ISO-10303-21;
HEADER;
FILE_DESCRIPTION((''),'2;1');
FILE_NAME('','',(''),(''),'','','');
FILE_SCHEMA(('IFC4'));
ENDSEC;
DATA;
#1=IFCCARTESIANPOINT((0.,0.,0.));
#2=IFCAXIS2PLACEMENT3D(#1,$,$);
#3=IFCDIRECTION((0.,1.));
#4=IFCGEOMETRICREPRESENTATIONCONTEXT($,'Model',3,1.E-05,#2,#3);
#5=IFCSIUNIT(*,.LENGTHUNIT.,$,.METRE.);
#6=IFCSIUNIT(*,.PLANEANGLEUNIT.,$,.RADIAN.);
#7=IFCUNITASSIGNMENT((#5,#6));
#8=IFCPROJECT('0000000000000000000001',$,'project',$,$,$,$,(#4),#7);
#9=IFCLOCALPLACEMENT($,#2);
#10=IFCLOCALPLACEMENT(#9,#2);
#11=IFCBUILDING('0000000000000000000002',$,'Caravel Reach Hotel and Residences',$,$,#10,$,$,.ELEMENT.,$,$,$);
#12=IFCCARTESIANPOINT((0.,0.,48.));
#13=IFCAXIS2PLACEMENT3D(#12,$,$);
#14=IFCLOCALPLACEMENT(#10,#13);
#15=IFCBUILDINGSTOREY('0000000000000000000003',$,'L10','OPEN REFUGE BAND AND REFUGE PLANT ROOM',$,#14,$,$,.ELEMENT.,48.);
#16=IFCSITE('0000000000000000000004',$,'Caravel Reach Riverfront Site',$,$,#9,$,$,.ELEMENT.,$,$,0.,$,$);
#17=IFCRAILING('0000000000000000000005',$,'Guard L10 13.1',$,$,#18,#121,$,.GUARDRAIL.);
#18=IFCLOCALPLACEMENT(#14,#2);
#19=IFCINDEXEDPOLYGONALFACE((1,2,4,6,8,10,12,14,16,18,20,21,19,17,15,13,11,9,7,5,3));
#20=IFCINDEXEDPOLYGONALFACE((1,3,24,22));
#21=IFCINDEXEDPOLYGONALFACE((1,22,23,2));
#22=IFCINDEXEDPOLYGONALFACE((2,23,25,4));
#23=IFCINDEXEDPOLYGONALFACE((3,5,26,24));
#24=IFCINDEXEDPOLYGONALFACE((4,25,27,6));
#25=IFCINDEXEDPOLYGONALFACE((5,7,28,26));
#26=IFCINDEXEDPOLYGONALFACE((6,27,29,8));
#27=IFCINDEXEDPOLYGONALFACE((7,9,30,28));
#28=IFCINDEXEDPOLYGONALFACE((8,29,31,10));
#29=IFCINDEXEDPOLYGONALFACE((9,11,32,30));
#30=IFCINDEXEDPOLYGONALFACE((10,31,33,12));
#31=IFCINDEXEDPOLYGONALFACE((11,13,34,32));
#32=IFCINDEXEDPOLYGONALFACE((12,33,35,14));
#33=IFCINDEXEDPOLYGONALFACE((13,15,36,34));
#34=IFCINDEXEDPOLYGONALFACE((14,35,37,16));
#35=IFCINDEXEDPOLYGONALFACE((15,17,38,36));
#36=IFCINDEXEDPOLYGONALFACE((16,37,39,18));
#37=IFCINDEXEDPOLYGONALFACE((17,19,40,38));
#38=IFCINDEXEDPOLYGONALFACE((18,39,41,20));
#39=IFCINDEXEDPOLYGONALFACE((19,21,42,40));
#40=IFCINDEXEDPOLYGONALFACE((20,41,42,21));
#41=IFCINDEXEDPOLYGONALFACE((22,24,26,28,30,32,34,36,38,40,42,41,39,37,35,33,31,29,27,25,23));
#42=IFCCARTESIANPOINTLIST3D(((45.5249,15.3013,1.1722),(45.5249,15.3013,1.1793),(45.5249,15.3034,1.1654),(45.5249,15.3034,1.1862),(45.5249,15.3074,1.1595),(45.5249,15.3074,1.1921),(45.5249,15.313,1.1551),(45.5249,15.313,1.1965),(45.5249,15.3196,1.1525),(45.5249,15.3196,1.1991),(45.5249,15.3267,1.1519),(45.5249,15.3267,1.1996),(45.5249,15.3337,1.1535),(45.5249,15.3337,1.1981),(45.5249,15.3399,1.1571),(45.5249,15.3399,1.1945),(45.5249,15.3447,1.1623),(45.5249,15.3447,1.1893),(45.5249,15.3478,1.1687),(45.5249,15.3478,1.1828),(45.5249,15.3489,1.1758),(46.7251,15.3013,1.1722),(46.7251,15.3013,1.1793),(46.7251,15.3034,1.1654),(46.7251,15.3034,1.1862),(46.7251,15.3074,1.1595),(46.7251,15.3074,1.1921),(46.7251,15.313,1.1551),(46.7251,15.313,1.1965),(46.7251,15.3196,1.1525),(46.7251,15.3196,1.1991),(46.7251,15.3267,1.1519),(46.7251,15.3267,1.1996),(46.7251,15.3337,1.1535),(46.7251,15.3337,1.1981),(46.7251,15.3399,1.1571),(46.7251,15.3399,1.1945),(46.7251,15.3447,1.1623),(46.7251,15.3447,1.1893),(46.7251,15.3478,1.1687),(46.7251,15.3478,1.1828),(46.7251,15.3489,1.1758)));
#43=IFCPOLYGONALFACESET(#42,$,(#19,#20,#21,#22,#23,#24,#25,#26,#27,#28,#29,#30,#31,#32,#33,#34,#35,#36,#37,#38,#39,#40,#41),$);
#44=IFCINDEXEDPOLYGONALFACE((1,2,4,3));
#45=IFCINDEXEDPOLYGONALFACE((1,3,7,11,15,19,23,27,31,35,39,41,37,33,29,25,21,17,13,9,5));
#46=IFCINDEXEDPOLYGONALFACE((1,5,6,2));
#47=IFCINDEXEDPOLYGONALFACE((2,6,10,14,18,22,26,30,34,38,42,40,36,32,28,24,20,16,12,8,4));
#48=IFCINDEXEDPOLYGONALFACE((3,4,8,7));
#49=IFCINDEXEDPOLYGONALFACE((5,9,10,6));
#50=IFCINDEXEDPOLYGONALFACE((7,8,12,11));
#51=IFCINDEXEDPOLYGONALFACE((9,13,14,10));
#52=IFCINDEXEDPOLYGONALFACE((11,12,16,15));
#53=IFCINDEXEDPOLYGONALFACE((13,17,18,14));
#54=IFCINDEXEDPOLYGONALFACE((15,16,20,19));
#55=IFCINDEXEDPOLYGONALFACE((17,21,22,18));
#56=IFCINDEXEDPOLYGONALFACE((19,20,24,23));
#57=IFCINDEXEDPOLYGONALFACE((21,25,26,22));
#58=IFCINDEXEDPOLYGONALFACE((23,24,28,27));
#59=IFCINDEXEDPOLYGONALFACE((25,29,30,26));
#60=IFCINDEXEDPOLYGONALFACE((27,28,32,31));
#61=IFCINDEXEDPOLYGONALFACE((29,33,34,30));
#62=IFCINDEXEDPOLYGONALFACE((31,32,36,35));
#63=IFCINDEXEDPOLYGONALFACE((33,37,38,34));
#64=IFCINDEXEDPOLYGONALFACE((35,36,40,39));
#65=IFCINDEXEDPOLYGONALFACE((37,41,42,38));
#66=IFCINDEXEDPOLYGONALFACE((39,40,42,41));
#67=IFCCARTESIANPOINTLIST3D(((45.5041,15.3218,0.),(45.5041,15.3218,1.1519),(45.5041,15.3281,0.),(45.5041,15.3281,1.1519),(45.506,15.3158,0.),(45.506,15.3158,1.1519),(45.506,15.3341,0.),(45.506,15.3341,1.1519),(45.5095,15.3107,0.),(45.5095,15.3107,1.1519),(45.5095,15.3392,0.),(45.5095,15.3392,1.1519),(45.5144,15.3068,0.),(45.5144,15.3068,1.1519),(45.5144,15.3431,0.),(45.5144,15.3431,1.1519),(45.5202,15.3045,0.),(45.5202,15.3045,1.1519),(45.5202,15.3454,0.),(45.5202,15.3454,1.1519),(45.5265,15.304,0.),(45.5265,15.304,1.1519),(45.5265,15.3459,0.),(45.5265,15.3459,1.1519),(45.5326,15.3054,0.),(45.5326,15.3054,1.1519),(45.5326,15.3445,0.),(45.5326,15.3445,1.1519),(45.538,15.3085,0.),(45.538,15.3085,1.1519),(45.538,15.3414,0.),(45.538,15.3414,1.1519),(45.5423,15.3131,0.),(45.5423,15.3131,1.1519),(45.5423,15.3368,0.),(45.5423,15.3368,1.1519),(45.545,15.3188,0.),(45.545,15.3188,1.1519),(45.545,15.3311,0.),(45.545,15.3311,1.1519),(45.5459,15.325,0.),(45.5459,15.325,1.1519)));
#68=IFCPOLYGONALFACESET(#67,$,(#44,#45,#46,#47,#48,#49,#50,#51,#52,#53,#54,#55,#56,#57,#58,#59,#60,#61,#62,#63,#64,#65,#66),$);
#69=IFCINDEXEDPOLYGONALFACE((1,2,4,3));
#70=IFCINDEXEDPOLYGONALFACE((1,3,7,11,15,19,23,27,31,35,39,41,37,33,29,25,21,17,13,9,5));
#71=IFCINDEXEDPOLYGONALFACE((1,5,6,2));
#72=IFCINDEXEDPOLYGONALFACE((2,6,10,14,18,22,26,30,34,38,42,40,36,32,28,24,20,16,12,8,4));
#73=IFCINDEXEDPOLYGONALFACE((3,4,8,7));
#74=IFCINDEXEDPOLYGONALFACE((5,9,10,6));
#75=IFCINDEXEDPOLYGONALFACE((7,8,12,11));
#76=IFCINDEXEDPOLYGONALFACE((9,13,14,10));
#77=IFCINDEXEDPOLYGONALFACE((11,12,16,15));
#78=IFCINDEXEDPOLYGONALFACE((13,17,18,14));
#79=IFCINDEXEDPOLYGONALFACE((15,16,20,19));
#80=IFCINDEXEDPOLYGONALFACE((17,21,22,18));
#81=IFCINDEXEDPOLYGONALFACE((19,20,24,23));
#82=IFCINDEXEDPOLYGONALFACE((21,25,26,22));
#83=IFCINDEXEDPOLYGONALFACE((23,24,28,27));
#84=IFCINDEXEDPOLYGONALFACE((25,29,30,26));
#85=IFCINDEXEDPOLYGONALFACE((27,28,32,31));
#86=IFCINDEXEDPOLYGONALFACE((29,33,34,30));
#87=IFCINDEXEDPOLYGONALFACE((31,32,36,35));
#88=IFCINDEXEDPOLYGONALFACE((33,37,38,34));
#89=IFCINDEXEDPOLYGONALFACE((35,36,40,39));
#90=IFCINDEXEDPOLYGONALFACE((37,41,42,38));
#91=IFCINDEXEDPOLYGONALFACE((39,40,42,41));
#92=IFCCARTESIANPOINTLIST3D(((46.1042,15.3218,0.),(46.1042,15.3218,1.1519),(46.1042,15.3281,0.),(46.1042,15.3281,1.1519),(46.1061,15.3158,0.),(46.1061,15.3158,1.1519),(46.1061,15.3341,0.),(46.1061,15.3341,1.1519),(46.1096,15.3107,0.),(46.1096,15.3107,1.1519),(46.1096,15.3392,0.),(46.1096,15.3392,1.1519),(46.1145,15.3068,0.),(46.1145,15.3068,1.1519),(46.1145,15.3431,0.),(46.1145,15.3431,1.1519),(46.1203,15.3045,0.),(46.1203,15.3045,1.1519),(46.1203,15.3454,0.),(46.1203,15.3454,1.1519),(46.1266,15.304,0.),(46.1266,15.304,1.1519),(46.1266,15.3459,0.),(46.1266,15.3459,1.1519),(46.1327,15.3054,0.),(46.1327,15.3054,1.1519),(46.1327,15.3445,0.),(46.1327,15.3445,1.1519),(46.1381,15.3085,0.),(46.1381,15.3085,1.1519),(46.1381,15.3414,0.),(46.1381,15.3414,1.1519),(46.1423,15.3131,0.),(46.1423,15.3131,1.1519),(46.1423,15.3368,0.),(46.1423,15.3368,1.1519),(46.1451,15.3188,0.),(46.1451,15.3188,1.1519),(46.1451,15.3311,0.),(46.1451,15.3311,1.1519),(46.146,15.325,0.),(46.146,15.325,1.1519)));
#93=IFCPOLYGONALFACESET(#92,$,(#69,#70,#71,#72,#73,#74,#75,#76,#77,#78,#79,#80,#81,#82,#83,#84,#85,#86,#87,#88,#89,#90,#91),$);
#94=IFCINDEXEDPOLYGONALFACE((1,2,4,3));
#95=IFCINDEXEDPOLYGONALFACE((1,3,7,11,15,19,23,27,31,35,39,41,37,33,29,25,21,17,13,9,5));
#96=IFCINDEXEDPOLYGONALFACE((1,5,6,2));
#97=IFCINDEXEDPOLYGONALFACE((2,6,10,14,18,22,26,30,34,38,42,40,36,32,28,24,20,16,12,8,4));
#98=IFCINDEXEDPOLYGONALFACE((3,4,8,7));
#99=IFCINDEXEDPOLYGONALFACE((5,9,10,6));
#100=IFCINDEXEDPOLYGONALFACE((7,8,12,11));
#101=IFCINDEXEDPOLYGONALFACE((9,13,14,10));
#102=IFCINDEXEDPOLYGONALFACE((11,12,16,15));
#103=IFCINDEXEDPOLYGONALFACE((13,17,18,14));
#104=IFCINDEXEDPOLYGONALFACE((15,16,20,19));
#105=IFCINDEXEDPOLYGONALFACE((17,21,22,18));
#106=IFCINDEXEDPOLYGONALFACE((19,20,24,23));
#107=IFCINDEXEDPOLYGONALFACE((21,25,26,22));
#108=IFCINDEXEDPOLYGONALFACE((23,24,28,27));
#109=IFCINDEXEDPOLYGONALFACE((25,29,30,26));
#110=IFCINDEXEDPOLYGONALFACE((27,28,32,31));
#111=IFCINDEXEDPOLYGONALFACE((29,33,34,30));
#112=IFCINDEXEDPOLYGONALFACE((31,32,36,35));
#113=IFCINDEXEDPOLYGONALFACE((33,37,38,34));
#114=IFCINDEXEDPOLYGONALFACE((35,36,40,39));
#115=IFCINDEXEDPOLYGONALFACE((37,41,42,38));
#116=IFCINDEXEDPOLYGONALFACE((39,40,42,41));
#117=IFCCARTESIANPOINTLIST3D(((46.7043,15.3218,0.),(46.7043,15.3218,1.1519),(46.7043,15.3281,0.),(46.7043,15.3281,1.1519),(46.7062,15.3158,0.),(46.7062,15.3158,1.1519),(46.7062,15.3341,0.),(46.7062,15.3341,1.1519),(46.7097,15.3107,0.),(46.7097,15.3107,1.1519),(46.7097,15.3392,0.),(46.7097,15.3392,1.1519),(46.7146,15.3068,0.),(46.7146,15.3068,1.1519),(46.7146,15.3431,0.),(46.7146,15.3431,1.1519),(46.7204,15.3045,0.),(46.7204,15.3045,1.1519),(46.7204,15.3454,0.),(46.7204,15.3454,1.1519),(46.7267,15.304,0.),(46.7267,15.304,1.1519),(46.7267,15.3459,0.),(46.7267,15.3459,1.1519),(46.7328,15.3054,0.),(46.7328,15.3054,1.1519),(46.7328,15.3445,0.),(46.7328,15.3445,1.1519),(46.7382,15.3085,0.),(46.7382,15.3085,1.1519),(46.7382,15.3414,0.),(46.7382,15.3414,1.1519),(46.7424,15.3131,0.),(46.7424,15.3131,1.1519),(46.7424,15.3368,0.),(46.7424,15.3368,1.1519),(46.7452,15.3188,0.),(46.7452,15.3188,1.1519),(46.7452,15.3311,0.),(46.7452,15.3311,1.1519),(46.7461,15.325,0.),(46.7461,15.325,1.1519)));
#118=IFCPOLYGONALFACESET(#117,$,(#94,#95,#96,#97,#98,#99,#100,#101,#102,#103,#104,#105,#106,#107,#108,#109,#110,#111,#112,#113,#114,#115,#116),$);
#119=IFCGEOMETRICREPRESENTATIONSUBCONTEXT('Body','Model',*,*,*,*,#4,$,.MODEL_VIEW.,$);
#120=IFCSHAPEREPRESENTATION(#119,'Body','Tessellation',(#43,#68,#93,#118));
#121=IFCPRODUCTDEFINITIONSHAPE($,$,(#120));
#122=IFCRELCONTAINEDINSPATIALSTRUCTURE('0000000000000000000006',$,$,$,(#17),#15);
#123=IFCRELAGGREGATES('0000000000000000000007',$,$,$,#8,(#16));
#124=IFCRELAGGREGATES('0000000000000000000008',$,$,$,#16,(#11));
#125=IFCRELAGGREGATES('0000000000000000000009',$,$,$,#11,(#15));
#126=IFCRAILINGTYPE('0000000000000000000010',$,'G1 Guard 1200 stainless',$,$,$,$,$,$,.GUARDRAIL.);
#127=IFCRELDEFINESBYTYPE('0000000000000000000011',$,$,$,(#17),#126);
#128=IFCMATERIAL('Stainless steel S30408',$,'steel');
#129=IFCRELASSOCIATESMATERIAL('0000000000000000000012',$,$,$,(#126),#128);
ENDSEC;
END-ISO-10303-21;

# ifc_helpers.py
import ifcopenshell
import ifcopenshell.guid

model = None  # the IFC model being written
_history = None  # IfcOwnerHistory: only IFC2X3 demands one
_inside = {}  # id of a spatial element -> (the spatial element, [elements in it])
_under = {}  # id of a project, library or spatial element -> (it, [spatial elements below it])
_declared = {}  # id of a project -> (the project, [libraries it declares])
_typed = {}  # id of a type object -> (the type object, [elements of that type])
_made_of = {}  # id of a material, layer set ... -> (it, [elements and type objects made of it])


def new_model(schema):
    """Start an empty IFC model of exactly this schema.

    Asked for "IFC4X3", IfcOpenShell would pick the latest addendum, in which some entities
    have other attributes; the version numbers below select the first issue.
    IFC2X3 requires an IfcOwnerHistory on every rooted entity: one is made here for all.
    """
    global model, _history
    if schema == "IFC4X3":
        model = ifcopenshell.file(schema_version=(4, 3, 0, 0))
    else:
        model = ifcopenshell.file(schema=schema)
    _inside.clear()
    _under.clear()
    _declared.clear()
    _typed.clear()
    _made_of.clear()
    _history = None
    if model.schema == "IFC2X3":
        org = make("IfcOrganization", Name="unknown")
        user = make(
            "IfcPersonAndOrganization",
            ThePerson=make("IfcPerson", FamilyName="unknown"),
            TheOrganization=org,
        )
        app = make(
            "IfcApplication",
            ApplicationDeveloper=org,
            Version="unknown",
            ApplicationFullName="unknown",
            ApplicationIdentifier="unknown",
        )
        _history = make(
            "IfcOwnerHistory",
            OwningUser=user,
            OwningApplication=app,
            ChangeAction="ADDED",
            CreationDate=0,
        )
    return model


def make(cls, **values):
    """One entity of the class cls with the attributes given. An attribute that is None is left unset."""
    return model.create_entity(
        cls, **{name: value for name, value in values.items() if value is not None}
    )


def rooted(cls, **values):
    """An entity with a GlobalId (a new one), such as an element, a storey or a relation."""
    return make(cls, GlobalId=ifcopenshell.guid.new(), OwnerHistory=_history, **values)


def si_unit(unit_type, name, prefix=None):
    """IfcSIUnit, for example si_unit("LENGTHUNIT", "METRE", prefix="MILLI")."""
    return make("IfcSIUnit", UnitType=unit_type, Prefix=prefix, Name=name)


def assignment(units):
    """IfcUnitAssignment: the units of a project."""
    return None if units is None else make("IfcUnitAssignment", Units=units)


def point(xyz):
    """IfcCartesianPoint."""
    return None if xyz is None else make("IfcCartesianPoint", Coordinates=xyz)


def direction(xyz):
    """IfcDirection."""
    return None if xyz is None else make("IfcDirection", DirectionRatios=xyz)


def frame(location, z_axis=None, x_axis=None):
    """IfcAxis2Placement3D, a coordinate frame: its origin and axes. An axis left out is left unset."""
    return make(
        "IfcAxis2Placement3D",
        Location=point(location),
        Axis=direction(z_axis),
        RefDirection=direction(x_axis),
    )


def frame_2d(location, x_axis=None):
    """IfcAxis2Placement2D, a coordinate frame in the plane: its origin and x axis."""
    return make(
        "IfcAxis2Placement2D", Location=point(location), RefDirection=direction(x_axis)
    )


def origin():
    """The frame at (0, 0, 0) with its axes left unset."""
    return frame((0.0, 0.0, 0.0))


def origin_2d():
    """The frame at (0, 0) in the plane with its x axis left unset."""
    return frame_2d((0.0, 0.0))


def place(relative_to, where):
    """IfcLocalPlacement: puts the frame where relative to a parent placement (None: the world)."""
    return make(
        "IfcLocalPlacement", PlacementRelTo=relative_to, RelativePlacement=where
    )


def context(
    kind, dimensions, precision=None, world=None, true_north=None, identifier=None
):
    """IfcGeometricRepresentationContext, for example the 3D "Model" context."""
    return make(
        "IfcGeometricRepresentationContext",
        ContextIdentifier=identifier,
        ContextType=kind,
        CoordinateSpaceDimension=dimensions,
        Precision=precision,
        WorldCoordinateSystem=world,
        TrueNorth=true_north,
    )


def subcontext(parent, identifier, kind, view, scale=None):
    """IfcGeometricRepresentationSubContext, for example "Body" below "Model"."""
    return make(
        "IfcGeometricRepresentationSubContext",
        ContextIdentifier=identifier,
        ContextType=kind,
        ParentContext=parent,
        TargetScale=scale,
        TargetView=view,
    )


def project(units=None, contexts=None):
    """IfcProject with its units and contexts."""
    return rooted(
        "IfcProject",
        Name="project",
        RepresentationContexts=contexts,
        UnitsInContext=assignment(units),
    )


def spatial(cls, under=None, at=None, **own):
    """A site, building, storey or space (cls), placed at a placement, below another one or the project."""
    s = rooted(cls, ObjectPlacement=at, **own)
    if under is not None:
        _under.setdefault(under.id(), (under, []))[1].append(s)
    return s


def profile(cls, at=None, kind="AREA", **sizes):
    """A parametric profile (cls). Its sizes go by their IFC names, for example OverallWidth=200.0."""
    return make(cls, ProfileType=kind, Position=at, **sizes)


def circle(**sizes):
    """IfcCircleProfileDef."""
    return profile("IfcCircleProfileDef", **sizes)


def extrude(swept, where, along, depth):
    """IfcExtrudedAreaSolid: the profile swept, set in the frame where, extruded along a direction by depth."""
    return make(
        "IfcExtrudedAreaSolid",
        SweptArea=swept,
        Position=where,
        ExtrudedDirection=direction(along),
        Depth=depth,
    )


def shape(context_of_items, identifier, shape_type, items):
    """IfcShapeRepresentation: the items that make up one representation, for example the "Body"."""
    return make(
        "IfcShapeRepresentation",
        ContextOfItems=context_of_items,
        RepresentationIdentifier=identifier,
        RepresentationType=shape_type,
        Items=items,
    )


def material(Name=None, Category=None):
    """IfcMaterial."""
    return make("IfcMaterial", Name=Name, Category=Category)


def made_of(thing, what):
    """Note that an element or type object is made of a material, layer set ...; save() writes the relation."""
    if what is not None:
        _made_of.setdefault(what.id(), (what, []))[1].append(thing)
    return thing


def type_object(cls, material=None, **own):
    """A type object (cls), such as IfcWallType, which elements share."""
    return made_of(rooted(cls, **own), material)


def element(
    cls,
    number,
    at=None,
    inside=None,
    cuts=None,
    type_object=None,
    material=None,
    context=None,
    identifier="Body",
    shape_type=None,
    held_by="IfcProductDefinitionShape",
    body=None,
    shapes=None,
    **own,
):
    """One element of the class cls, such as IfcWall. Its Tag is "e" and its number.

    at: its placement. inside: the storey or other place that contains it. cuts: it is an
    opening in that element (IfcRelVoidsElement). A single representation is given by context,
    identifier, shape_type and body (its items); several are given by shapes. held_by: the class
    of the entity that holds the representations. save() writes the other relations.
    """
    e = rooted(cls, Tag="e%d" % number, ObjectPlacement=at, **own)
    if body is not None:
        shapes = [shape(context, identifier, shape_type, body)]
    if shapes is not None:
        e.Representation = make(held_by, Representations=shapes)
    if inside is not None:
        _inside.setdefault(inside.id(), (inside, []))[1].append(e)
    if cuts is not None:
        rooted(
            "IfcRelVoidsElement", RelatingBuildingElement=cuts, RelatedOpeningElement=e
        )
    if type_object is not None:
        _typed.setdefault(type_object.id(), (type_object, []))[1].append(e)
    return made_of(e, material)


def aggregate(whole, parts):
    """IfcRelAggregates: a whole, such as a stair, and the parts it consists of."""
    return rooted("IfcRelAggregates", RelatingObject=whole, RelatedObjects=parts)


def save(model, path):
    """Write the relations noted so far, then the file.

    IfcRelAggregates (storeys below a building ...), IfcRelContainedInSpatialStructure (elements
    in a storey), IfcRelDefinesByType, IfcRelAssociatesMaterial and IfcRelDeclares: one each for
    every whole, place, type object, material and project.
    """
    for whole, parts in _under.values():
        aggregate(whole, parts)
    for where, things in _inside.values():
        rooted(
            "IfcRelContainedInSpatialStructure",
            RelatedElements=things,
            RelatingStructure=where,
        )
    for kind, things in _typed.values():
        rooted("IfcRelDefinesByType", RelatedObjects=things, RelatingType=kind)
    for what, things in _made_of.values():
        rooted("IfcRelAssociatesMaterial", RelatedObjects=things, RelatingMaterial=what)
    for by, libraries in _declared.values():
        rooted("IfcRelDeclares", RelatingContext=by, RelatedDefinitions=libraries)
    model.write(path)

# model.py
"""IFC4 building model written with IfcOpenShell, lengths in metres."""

from ifc_helpers import new_model, si_unit, direction, frame, origin, origin_2d, place, context, subcontext, project, spatial, circle, extrude, material, type_object, element, save


model = new_model("IFC4")

# Units and contexts
model_context = context("Model", 3, precision=1e-05, world=origin(), true_north=direction((0.0, 1.0)))
body_context = subcontext(model_context, "Body", "Model", "MODEL_VIEW")
ifc_project = project(units=[si_unit("LENGTHUNIT", "METRE"), si_unit("PLANEANGLEUNIT", "RADIAN")], contexts=[model_context])

# Site, building, storey
site_placement = place(None, origin())
site = spatial("IfcSite", under=ifc_project, at=site_placement, Name="Caravel Reach Riverfront Site", CompositionType="ELEMENT", RefElevation=0.0)
building_placement = place(site_placement, origin())
building = spatial("IfcBuilding", under=site, at=building_placement, Name="Caravel Reach Hotel and Residences", CompositionType="ELEMENT")
storey_placement = place(building_placement, frame((0.0, 0.0, 48.0)))
storey = spatial("IfcBuildingStorey", under=building, at=storey_placement, Name="L10", Description="OPEN REFUGE BAND AND REFUGE PLANT ROOM", CompositionType="ELEMENT", Elevation=48.0)

# Railing
ifc_material_1 = material(Name="Stainless steel S30408", Category="steel")
railing_type_1 = type_object("IfcRailingType", Name="G1 Guard 1200 stainless", PredefinedType="GUARDRAIL", material=ifc_material_1)
railing_1_placement = place(storey_placement, frame((45.5249, 15.325, 0.0)))
element("IfcRailing", 1, at=railing_1_placement, inside=storey, type_object=railing_type_1, Name="Guard L10 13.1", PredefinedType="GUARDRAIL", context=body_context, shape_type="SweptSolid", body=[
    extrude(circle(Radius=0.0239, at=origin_2d()), frame((0.0, 0.0, 1.1758), z_axis=(1.0, 0.0, 0.0), x_axis=(0.0, 1.0, 0.0)), (0.0, 0.0, 1.0), 1.2002),
    extrude(circle(Radius=0.021, at=origin_2d()), origin(), (0.0, 0.0, 1.0), 1.1519),
    extrude(circle(Radius=0.021, at=origin_2d()), frame((0.6001, 0.0, 0.0)), (0.0, 0.0, 1.0), 1.1519),
    extrude(circle(Radius=0.021, at=origin_2d()), frame((1.2002, 0.0, 0.0)), (0.0, 0.0, 1.0), 1.1519),
])

save(model, "model.ifc")
